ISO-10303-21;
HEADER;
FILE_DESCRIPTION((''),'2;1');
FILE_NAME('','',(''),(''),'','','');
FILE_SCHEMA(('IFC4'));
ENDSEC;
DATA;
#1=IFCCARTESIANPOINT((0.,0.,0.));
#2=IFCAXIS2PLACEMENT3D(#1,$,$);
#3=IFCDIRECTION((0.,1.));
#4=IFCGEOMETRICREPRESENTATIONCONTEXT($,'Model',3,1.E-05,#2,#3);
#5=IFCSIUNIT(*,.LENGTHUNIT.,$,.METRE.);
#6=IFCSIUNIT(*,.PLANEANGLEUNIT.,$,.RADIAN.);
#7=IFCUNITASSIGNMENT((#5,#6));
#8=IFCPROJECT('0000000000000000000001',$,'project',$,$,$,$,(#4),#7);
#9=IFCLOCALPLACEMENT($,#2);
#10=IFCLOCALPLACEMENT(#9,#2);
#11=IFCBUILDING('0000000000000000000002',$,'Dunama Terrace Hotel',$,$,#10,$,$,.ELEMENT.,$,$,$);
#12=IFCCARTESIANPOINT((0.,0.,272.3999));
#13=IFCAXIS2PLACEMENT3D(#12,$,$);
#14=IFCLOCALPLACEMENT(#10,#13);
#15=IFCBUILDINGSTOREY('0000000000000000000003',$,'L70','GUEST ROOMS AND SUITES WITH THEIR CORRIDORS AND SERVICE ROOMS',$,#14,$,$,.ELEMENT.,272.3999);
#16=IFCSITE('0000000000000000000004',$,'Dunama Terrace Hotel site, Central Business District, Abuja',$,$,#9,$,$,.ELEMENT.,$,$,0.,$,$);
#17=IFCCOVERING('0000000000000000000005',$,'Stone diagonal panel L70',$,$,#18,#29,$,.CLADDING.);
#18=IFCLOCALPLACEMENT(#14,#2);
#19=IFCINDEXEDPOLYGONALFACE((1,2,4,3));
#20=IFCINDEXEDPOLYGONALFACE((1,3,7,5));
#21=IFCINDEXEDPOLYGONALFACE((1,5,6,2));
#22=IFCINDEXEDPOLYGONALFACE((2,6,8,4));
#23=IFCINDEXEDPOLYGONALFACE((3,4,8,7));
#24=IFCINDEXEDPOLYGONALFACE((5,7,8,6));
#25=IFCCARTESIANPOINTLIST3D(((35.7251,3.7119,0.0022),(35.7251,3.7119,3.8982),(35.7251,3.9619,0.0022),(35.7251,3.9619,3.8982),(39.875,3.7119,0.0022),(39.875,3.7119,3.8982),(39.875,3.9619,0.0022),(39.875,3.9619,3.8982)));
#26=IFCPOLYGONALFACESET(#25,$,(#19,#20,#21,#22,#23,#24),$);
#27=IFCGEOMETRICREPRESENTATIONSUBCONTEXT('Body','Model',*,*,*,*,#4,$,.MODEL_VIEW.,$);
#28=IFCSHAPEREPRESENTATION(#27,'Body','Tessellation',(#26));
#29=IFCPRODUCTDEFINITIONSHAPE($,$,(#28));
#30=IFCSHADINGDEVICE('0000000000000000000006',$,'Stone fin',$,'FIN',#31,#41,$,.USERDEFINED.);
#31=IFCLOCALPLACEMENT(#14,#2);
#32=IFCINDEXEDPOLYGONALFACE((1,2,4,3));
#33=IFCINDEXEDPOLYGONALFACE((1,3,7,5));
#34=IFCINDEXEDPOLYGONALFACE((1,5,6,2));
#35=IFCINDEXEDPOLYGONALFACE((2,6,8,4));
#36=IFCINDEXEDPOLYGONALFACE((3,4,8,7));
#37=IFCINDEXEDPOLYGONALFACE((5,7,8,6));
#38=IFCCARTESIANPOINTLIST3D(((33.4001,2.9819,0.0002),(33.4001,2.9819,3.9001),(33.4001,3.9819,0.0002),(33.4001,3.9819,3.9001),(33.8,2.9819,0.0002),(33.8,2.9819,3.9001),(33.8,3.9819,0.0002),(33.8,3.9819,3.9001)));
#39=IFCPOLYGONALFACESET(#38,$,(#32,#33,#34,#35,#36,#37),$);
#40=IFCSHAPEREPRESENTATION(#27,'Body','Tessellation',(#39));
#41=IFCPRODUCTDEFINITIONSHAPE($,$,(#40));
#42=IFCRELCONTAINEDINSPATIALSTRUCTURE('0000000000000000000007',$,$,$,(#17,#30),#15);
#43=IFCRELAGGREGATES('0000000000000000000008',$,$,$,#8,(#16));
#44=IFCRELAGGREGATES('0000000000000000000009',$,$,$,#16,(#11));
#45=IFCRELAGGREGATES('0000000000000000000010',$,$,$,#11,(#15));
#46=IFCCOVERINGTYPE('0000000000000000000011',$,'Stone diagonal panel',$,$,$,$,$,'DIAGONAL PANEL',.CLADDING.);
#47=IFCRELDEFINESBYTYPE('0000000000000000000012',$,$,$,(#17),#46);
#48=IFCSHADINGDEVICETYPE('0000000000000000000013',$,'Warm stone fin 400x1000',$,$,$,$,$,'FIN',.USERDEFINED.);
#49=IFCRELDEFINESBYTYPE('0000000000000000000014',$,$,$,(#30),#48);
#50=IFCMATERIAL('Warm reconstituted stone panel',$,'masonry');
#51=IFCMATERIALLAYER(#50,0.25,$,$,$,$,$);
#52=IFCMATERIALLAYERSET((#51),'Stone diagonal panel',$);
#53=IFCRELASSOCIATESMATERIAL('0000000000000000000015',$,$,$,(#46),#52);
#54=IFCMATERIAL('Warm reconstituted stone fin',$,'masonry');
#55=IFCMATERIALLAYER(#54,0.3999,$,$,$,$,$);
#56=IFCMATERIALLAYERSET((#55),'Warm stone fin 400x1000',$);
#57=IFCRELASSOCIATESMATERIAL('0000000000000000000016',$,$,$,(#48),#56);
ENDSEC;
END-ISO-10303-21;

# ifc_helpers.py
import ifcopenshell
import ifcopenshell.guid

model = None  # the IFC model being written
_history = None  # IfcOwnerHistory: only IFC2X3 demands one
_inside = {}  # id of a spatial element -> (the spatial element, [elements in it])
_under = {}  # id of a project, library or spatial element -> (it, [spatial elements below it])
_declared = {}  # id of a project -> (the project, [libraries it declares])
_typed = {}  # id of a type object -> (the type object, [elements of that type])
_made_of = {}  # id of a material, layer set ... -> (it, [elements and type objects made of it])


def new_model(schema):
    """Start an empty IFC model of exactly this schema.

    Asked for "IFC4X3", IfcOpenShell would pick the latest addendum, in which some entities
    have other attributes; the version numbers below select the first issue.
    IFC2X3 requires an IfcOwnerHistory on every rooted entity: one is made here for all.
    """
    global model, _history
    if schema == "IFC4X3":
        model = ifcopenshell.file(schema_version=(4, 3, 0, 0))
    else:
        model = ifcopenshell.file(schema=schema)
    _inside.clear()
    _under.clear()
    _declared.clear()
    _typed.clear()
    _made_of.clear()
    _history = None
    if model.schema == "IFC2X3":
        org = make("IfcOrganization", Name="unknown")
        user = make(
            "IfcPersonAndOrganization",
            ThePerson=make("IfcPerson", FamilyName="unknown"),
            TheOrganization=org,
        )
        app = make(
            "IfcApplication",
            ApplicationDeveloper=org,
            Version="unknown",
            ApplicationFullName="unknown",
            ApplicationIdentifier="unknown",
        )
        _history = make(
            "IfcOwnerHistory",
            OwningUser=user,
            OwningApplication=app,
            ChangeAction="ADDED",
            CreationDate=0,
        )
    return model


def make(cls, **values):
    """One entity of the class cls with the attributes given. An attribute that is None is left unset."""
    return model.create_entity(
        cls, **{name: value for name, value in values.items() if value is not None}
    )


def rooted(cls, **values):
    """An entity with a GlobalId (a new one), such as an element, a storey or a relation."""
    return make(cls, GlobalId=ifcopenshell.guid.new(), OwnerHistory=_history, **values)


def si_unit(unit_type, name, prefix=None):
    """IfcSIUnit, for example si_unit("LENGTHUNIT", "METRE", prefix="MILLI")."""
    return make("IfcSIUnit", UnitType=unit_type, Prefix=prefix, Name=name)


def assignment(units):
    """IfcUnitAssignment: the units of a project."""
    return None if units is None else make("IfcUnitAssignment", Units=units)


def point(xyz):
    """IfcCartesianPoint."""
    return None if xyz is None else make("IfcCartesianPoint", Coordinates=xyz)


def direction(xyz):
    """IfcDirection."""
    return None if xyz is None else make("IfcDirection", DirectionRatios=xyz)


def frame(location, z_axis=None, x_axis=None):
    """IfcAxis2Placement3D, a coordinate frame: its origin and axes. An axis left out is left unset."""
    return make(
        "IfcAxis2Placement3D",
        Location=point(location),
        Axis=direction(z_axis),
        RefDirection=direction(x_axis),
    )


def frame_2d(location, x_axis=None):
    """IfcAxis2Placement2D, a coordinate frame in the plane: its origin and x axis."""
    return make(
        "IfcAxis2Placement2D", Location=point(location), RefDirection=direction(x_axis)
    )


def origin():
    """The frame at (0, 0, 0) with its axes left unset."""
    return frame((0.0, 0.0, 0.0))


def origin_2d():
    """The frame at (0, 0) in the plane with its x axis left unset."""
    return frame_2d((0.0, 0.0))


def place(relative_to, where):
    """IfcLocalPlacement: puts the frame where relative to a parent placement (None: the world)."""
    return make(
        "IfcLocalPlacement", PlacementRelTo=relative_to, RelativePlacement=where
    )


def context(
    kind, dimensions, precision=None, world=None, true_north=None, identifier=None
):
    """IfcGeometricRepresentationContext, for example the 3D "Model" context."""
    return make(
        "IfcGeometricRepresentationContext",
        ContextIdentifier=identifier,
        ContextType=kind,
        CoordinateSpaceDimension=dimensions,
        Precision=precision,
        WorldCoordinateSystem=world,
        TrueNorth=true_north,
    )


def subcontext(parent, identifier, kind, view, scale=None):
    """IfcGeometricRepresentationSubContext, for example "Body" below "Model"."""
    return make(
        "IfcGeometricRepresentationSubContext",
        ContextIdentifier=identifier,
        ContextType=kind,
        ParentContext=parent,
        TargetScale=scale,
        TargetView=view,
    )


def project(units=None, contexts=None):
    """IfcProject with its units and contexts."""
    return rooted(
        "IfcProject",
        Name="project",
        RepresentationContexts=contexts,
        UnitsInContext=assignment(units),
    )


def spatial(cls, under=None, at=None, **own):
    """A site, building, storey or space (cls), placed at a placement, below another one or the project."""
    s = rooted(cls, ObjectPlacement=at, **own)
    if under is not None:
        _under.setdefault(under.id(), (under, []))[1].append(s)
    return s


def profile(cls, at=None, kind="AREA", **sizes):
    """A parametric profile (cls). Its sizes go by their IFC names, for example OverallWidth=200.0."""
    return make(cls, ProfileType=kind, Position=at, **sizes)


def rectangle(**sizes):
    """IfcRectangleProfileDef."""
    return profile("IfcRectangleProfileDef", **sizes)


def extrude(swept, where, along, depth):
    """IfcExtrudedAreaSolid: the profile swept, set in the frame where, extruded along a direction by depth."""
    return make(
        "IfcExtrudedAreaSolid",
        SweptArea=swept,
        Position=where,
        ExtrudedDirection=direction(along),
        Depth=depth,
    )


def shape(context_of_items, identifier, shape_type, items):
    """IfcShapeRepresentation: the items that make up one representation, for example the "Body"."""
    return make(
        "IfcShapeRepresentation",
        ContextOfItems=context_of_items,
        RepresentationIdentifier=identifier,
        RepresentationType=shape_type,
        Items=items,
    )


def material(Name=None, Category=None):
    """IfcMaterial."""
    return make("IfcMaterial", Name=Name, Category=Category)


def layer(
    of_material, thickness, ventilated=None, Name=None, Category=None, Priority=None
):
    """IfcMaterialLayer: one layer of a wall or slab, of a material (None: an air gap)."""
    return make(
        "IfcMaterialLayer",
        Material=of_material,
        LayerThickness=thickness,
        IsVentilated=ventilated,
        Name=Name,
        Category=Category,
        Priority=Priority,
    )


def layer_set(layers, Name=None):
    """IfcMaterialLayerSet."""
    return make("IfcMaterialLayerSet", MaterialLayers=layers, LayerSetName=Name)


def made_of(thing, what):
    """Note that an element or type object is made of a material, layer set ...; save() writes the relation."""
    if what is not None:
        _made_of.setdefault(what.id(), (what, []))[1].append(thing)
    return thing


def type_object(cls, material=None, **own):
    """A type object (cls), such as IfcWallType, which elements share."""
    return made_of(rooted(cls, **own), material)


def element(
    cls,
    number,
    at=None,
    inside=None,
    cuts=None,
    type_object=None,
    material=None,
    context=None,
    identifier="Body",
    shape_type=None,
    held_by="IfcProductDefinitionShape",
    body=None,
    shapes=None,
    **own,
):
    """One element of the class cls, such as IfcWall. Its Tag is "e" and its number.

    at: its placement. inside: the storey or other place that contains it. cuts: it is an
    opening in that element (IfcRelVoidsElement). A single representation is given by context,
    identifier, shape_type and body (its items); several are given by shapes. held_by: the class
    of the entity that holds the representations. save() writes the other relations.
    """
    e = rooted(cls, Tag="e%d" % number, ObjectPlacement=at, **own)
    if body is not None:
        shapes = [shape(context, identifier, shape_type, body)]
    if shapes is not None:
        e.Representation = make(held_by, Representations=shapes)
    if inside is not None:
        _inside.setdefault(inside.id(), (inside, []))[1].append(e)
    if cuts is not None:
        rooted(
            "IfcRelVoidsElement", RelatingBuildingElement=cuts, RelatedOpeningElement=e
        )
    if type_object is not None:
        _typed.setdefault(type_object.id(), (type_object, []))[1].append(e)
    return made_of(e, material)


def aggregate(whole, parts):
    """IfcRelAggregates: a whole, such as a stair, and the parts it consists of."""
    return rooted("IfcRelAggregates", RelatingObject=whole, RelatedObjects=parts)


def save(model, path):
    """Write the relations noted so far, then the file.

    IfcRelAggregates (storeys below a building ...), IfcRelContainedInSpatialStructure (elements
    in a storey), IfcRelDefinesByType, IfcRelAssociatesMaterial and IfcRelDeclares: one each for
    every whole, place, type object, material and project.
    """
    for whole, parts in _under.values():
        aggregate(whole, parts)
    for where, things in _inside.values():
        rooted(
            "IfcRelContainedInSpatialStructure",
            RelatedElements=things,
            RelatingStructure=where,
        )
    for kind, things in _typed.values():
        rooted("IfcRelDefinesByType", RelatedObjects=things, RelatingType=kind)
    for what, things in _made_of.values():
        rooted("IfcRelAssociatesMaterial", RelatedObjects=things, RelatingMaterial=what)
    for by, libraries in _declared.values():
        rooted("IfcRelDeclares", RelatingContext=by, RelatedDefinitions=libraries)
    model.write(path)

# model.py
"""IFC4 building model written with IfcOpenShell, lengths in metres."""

from ifc_helpers import new_model, si_unit, direction, frame, origin, origin_2d, place, context, subcontext, project, spatial, rectangle, extrude, material, layer, layer_set, type_object, element, save


model = new_model("IFC4")

# Units and contexts
model_context = context("Model", 3, precision=1e-05, world=origin(), true_north=direction((0.0, 1.0)))
body_context = subcontext(model_context, "Body", "Model", "MODEL_VIEW")
ifc_project = project(units=[si_unit("LENGTHUNIT", "METRE"), si_unit("PLANEANGLEUNIT", "RADIAN")], contexts=[model_context])

# Site, building, storey
site_placement = place(None, origin())
site = spatial("IfcSite", under=ifc_project, at=site_placement, Name="Dunama Terrace Hotel site, Central Business District, Abuja", CompositionType="ELEMENT", RefElevation=0.0)
building_placement = place(site_placement, origin())
building = spatial("IfcBuilding", under=site, at=building_placement, Name="Dunama Terrace Hotel", CompositionType="ELEMENT")
storey_placement = place(building_placement, frame((0.0, 0.0, 272.3999)))
storey = spatial("IfcBuildingStorey", under=building, at=storey_placement, Name="L70", Description="GUEST ROOMS AND SUITES WITH THEIR CORRIDORS AND SERVICE ROOMS", CompositionType="ELEMENT", Elevation=272.3999)

# Covering
ifc_material_1 = material(Name="Warm reconstituted stone panel", Category="masonry")
ifc_layer_1 = layer(ifc_material_1, 0.25)
ifc_layer_set_1 = layer_set([ifc_layer_1], Name="Stone diagonal panel")
covering_type = type_object("IfcCoveringType", Name="Stone diagonal panel", ElementType="DIAGONAL PANEL", PredefinedType="CLADDING", material=ifc_layer_set_1)
covering_placement = place(storey_placement, frame((37.8, 3.8369, 0.0022), z_axis=(0.0, 0.0, 1.0), x_axis=(1.0, 0.0, 0.0)))
element("IfcCovering", 1, at=covering_placement, inside=storey, type_object=covering_type, Name="Stone diagonal panel L70", PredefinedType="CLADDING", context=body_context, shape_type="SweptSolid", body=[
    extrude(rectangle(XDim=4.1499, YDim=0.25, at=origin_2d()), origin(), (0.0, 0.0, 1.0), 3.896),
])

# Shading device
ifc_material_2 = material(Name="Warm reconstituted stone fin", Category="masonry")
ifc_layer_2 = layer(ifc_material_2, 0.3999)
ifc_layer_set_2 = layer_set([ifc_layer_2], Name="Warm stone fin 400x1000")
shading_device_type = type_object("IfcShadingDeviceType", Name="Warm stone fin 400x1000", ElementType="FIN", PredefinedType="USERDEFINED", material=ifc_layer_set_2)
shading_device_placement = place(storey_placement, frame((33.6001, 3.4819, 0.0002), z_axis=(0.0, 0.0, 1.0), x_axis=(1.0, 0.0, 0.0)))
element("IfcShadingDevice", 2, at=shading_device_placement, inside=storey, type_object=shading_device_type, Name="Stone fin", ObjectType="FIN", PredefinedType="USERDEFINED", context=body_context, shape_type="SweptSolid", body=[
    extrude(rectangle(XDim=0.3999, YDim=1.0, at=origin_2d()), origin(), (0.0, 0.0, 1.0), 3.8999),
])

save(model, "model.ifc")
